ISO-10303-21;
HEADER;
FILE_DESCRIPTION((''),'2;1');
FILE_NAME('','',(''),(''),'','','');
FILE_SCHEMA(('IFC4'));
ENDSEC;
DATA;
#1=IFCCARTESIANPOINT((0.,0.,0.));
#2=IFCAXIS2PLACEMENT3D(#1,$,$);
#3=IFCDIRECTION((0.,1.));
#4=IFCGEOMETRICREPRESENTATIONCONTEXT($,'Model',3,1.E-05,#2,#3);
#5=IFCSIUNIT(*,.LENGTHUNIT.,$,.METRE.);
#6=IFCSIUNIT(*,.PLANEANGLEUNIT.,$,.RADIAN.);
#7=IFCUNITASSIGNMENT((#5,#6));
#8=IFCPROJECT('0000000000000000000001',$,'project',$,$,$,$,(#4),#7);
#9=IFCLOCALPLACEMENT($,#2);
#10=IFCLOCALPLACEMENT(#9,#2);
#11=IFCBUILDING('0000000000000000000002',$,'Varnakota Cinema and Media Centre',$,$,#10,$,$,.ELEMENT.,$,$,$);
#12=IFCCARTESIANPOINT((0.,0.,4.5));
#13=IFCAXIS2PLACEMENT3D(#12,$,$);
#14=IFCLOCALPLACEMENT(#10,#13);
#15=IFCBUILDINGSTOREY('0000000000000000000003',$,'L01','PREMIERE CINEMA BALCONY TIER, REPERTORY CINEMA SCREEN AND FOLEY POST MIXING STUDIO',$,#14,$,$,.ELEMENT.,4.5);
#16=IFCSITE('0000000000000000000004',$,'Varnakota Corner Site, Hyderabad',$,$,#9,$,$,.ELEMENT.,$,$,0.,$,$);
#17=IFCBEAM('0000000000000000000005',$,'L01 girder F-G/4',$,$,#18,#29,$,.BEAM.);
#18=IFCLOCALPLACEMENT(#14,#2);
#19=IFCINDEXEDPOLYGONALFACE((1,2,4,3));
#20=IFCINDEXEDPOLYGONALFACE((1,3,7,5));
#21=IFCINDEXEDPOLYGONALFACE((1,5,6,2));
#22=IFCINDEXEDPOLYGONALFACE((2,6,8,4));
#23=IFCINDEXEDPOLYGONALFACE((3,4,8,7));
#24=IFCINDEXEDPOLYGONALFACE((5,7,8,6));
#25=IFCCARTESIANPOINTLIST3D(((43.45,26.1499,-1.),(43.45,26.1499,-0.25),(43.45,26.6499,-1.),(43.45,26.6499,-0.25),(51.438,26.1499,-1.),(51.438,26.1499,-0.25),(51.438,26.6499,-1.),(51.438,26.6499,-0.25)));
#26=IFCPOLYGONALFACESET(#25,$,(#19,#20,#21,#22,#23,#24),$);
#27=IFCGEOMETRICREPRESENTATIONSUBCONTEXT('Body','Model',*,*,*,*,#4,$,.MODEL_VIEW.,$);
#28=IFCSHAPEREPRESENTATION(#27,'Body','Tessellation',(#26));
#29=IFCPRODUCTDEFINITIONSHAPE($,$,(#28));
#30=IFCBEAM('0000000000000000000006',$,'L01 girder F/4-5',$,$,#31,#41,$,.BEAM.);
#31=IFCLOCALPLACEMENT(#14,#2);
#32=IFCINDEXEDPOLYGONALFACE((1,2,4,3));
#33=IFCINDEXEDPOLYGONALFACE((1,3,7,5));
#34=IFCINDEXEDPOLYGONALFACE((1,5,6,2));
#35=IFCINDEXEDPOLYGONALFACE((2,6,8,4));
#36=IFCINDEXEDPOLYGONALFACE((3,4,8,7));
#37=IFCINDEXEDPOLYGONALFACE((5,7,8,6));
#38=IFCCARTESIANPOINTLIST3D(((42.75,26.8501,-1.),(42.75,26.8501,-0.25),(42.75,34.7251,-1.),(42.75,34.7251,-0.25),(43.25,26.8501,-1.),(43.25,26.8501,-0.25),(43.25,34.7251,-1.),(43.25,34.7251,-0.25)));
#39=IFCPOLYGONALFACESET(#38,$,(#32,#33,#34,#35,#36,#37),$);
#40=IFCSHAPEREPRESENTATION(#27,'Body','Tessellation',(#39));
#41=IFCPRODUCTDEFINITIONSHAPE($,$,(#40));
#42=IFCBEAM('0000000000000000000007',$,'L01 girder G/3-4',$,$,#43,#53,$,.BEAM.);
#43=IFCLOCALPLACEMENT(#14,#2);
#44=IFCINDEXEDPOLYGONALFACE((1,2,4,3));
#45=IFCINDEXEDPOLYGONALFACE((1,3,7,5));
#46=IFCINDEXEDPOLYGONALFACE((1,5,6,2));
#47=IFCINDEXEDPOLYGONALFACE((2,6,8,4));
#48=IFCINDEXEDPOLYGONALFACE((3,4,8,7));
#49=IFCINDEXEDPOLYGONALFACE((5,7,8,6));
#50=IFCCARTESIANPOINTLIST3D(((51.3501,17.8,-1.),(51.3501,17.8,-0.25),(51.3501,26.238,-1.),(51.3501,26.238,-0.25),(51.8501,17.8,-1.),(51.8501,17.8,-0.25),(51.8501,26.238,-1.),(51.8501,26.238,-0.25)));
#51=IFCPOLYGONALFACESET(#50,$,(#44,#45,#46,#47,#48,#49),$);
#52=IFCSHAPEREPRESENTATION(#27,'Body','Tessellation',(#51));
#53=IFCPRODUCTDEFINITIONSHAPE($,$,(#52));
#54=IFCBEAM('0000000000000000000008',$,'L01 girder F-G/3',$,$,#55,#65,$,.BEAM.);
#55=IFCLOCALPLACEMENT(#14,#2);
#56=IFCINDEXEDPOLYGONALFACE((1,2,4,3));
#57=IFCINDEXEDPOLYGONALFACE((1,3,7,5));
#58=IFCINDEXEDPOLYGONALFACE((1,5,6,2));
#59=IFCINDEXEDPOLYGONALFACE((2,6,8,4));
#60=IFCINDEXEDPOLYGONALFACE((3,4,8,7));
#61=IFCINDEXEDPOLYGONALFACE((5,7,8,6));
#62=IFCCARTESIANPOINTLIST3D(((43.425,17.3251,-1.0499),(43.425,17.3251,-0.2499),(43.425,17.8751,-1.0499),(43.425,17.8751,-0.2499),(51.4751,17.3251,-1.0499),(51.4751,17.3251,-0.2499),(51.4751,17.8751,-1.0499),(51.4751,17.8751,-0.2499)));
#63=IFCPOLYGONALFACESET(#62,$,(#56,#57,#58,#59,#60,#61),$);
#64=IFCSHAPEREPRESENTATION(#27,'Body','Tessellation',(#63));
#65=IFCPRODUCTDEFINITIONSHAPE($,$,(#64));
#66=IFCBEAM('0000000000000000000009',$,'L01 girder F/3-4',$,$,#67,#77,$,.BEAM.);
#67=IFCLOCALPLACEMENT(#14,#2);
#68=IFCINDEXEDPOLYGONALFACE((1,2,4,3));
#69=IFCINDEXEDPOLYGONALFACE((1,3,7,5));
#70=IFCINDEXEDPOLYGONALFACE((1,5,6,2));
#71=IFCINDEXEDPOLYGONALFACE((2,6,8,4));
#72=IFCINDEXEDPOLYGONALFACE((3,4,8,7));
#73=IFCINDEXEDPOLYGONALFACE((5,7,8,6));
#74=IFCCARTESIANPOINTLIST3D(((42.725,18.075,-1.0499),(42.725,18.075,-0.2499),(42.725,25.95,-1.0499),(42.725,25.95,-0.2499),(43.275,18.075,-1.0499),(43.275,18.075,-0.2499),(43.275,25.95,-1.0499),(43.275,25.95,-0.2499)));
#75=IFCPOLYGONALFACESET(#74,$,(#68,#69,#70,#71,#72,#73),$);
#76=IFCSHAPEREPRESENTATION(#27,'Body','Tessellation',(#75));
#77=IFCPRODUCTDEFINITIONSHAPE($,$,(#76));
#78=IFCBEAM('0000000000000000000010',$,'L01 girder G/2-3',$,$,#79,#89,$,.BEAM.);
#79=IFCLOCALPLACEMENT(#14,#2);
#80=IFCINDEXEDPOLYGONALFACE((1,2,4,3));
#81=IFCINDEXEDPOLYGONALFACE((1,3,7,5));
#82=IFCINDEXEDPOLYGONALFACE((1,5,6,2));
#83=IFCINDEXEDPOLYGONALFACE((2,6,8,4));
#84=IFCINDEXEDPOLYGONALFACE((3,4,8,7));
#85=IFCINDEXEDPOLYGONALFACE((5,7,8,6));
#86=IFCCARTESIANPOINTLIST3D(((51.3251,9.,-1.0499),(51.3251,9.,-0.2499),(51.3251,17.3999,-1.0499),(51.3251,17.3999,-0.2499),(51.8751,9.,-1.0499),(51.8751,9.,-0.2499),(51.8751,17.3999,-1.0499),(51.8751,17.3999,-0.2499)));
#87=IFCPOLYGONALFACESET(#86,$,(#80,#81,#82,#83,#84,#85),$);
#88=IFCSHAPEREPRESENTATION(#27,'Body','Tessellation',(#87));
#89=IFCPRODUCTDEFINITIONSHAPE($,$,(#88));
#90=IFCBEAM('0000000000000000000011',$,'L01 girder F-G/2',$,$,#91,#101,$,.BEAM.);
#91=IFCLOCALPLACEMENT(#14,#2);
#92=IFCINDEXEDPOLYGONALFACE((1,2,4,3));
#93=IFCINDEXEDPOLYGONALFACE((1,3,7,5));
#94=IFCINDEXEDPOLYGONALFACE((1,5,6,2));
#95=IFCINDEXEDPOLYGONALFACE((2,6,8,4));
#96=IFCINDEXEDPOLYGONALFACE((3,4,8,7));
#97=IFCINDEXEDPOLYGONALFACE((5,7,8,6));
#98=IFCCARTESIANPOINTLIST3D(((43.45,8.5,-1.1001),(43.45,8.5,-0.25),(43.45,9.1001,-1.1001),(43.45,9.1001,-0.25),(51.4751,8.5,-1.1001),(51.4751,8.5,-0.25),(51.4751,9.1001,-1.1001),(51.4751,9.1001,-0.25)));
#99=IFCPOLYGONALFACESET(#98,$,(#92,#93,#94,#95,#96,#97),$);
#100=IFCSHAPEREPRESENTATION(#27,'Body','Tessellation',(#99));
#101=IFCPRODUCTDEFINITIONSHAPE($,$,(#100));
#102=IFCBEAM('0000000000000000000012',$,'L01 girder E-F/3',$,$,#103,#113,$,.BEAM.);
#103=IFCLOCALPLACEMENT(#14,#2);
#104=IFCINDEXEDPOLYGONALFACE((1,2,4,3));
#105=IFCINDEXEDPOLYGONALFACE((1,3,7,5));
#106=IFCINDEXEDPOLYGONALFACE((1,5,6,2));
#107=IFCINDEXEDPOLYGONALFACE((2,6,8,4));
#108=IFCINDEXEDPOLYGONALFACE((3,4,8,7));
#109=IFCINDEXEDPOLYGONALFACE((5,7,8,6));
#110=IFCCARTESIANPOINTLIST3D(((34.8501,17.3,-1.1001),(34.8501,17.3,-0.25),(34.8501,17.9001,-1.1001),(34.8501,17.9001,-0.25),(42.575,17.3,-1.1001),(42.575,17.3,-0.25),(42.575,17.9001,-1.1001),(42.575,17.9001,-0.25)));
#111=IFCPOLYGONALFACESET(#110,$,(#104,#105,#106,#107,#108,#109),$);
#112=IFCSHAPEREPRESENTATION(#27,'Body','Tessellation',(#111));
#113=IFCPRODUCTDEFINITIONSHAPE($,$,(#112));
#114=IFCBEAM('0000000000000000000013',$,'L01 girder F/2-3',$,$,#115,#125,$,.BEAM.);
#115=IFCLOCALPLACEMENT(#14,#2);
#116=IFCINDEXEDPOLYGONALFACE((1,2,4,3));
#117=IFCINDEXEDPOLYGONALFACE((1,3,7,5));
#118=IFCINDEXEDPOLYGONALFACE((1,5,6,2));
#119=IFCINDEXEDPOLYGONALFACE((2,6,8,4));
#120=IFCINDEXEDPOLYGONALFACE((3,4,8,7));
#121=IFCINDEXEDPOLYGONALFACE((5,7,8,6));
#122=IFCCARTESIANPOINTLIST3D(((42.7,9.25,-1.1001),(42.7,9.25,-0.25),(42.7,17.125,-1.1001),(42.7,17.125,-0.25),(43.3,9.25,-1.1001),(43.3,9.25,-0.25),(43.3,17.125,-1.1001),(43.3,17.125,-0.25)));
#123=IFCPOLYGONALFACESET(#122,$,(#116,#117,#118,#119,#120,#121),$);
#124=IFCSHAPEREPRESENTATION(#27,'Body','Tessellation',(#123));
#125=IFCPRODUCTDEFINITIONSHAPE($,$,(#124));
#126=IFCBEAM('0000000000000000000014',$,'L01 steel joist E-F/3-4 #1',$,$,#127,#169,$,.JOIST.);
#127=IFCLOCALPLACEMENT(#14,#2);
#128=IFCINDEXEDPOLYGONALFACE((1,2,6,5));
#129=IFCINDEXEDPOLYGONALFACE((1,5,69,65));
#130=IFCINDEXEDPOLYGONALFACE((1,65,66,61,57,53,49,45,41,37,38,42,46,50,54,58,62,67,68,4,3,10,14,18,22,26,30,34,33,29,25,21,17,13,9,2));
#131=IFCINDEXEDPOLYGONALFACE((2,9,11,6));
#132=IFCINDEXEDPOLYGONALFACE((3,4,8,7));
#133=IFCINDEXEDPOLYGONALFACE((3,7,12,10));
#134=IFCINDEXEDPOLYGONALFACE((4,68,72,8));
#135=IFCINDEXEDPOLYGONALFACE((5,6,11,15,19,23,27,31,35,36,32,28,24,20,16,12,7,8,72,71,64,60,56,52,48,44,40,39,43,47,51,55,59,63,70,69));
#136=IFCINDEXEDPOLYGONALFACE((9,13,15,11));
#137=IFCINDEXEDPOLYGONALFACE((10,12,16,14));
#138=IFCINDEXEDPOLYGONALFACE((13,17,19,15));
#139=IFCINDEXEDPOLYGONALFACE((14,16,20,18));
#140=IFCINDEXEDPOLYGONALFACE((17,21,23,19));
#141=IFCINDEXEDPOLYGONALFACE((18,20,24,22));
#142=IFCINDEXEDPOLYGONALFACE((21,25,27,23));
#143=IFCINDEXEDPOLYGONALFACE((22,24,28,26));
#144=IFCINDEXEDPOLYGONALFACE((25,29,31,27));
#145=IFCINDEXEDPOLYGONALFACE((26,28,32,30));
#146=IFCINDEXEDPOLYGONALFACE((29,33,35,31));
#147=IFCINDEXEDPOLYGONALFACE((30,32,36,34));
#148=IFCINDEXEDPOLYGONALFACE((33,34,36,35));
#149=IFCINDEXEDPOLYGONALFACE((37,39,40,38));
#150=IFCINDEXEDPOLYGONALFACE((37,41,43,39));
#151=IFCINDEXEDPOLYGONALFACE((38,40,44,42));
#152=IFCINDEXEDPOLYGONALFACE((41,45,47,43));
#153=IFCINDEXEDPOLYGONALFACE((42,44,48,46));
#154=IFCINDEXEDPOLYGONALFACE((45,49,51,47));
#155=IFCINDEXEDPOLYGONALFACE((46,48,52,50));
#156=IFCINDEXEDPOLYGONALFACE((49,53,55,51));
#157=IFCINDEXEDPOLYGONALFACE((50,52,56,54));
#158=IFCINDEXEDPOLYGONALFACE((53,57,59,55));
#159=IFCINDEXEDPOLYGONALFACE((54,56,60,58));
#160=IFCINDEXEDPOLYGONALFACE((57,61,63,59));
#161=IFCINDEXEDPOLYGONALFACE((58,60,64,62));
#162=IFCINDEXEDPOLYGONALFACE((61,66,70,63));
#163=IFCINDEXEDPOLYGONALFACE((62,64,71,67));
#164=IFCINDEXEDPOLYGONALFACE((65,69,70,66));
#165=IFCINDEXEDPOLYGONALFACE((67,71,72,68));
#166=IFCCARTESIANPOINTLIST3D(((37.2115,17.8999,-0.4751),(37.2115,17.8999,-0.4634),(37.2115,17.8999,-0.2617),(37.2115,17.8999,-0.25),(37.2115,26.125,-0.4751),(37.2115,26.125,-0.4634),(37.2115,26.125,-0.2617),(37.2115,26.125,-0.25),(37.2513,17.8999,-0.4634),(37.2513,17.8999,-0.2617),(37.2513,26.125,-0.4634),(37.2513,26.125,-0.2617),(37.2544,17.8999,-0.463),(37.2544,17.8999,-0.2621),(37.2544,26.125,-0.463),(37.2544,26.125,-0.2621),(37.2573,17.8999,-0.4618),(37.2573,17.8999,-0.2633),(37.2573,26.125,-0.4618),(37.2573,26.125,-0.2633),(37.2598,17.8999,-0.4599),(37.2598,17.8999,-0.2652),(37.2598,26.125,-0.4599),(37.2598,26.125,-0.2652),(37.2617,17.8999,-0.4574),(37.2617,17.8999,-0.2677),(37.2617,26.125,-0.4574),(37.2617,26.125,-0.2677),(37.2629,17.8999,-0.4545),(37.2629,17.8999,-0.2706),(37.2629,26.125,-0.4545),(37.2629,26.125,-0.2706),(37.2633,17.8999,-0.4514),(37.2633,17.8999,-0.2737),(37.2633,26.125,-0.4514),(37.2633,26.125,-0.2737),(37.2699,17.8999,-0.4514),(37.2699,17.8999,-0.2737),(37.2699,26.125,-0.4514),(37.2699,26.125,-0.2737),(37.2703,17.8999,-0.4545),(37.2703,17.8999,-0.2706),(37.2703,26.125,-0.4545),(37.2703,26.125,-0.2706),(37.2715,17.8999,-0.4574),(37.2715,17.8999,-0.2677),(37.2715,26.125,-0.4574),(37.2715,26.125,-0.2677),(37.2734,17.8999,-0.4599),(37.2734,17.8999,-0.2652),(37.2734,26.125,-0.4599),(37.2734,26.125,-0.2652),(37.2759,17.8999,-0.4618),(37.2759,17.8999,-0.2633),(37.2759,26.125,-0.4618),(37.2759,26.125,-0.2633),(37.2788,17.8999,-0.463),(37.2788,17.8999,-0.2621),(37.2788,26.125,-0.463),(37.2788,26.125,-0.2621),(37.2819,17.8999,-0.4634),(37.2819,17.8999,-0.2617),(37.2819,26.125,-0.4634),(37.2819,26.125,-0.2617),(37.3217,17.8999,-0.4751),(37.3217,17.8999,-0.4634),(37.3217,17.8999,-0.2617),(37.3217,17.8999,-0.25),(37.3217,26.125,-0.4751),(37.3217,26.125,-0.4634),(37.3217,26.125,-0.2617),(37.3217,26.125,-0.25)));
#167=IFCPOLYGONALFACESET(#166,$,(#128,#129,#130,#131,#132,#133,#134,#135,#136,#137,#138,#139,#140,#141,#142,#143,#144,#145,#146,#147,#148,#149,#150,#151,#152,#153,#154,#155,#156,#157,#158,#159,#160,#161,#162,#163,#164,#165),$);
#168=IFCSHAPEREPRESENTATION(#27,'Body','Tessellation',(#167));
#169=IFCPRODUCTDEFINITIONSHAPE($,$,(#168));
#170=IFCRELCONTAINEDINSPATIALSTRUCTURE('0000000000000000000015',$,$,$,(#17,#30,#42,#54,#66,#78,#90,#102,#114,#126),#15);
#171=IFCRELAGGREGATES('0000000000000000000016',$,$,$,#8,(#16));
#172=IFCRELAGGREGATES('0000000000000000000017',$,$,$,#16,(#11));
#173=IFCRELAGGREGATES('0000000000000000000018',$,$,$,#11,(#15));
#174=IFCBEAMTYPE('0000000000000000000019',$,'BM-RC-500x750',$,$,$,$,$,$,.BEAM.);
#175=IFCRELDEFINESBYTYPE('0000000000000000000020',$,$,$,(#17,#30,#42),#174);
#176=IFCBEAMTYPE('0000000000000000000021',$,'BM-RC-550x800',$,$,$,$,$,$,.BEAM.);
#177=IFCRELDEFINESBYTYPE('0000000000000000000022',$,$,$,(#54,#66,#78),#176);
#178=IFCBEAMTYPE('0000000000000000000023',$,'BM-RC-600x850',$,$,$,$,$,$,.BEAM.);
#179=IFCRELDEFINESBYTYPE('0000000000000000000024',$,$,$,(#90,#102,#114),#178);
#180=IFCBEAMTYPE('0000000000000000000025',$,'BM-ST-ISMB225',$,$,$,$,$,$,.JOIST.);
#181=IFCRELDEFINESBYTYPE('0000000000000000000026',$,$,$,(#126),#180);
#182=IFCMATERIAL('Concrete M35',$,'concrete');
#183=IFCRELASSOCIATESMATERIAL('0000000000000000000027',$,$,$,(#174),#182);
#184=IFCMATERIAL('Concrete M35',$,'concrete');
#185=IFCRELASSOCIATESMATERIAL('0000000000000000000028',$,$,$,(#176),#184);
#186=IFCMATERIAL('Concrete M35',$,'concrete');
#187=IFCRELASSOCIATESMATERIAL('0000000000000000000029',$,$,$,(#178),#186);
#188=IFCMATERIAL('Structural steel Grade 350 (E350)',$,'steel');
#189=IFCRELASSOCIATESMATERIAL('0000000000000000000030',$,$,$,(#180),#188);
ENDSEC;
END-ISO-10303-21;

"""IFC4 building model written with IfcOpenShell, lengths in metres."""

from ifc_helpers import new_model, si_unit, direction, frame, origin, origin_2d, place, context, subcontext, project, spatial, rectangle, i_section, extrude, material, material_profile, profile_set, type_object, element, save


model = new_model("IFC4")

# Units and contexts
model_context = context("Model", 3, precision=1e-05, world=origin(), true_north=direction((0.0, 1.0)))
body_context = subcontext(model_context, "Body", "Model", "MODEL_VIEW")
ifc_project = project(units=[si_unit("LENGTHUNIT", "METRE"), si_unit("PLANEANGLEUNIT", "RADIAN")], contexts=[model_context])

# Site, building, storey
site_placement = place(None, origin())
site = spatial("IfcSite", under=ifc_project, at=site_placement, Name="Varnakota Corner Site, Hyderabad", CompositionType="ELEMENT", RefElevation=0.0)
building_placement = place(site_placement, origin())
building = spatial("IfcBuilding", under=site, at=building_placement, Name="Varnakota Cinema and Media Centre", CompositionType="ELEMENT")
storey_placement = place(building_placement, frame((0.0, 0.0, 4.5)))
storey = spatial("IfcBuildingStorey", under=building, at=storey_placement, Name="L01", Description="PREMIERE CINEMA BALCONY TIER, REPERTORY CINEMA SCREEN AND FOLEY POST MIXING STUDIO", CompositionType="ELEMENT", Elevation=4.5)

# Beams
ifc_material_1 = material(Name="Concrete M35", Category="concrete")
ifc_material_profile_1 = material_profile(ifc_material_1, rectangle(XDim=0.5, YDim=0.75, at=origin_2d()), Name="RCB 500x750")
ifc_profile_set_1 = profile_set([ifc_material_profile_1], Name="Concrete M35")
beam_type_1 = type_object("IfcBeamType", Name="BM-RC-500x750", PredefinedType="BEAM", material=ifc_profile_set_1)
beam_1_placement = place(storey_placement, frame((43.45, 26.3999, -0.625), z_axis=(1.0, 0.0, 0.0), x_axis=(0.0, 1.0, 0.0)))
element("IfcBeam", 1, at=beam_1_placement, inside=storey, type_object=beam_type_1, Name="L01 girder F-G/4", PredefinedType="BEAM", context=body_context, shape_type="SweptSolid", body=[
    extrude(rectangle(XDim=0.5, YDim=0.75, at=origin_2d()), origin(), (0.0, 0.0, 1.0), 7.988),
])
beam_2_placement = place(storey_placement, frame((43.0, 26.8501, -0.625), z_axis=(0.0, 1.0, 0.0), x_axis=(-1.0, 0.0, 0.0)))
element("IfcBeam", 2, at=beam_2_placement, inside=storey, type_object=beam_type_1, Name="L01 girder F/4-5", PredefinedType="BEAM", context=body_context, shape_type="SweptSolid", body=[
    extrude(rectangle(XDim=0.5, YDim=0.75, at=origin_2d()), origin(), (0.0, 0.0, 1.0), 7.875),
])
beam_3_placement = place(storey_placement, frame((51.6001, 17.8, -0.625), z_axis=(0.0, 1.0, 0.0), x_axis=(-1.0, 0.0, 0.0)))
element("IfcBeam", 3, at=beam_3_placement, inside=storey, type_object=beam_type_1, Name="L01 girder G/3-4", PredefinedType="BEAM", context=body_context, shape_type="SweptSolid", body=[
    extrude(rectangle(XDim=0.5, YDim=0.75, at=origin_2d()), origin(), (0.0, 0.0, 1.0), 8.438),
])
ifc_material_2 = material(Name="Concrete M35", Category="concrete")
ifc_material_profile_2 = material_profile(ifc_material_2, rectangle(XDim=0.55, YDim=0.8, at=origin_2d()), Name="RCB 550x800")
ifc_profile_set_2 = profile_set([ifc_material_profile_2], Name="Concrete M35")
beam_type_2 = type_object("IfcBeamType", Name="BM-RC-550x800", PredefinedType="BEAM", material=ifc_profile_set_2)
beam_4_placement = place(storey_placement, frame((43.425, 17.6001, -0.6499), z_axis=(1.0, 0.0, 0.0), x_axis=(0.0, 1.0, 0.0)))
element("IfcBeam", 4, at=beam_4_placement, inside=storey, type_object=beam_type_2, Name="L01 girder F-G/3", PredefinedType="BEAM", context=body_context, shape_type="SweptSolid", body=[
    extrude(rectangle(XDim=0.55, YDim=0.8, at=origin_2d()), origin(), (0.0, 0.0, 1.0), 8.05),
])
beam_5_placement = place(storey_placement, frame((43.0, 18.075, -0.6499), z_axis=(0.0, 1.0, 0.0), x_axis=(-1.0, 0.0, 0.0)))
element("IfcBeam", 5, at=beam_5_placement, inside=storey, type_object=beam_type_2, Name="L01 girder F/3-4", PredefinedType="BEAM", context=body_context, shape_type="SweptSolid", body=[
    extrude(rectangle(XDim=0.55, YDim=0.8, at=origin_2d()), origin(), (0.0, 0.0, 1.0), 7.875),
])
beam_6_placement = place(storey_placement, frame((51.6001, 9.0, -0.6499), z_axis=(0.0, 1.0, 0.0), x_axis=(-1.0, 0.0, 0.0)))
element("IfcBeam", 6, at=beam_6_placement, inside=storey, type_object=beam_type_2, Name="L01 girder G/2-3", PredefinedType="BEAM", context=body_context, shape_type="SweptSolid", body=[
    extrude(rectangle(XDim=0.55, YDim=0.8, at=origin_2d()), origin(), (0.0, 0.0, 1.0), 8.3999),
])
ifc_material_3 = material(Name="Concrete M35", Category="concrete")
ifc_material_profile_3 = material_profile(ifc_material_3, rectangle(XDim=0.6001, YDim=0.8501, at=origin_2d()), Name="RCB 600x850")
ifc_profile_set_3 = profile_set([ifc_material_profile_3], Name="Concrete M35")
beam_type_3 = type_object("IfcBeamType", Name="BM-RC-600x850", PredefinedType="BEAM", material=ifc_profile_set_3)
beam_7_placement = place(storey_placement, frame((43.45, 8.8, -0.675), z_axis=(1.0, 0.0, 0.0), x_axis=(0.0, 1.0, 0.0)))
element("IfcBeam", 7, at=beam_7_placement, inside=storey, type_object=beam_type_3, Name="L01 girder F-G/2", PredefinedType="BEAM", context=body_context, shape_type="SweptSolid", body=[
    extrude(rectangle(XDim=0.6001, YDim=0.8501, at=origin_2d()), origin(), (0.0, 0.0, 1.0), 8.0251),
])
beam_8_placement = place(storey_placement, frame((34.8501, 17.6001, -0.675), z_axis=(1.0, 0.0, 0.0), x_axis=(0.0, 1.0, 0.0)))
element("IfcBeam", 8, at=beam_8_placement, inside=storey, type_object=beam_type_3, Name="L01 girder E-F/3", PredefinedType="BEAM", context=body_context, shape_type="SweptSolid", body=[
    extrude(rectangle(XDim=0.6001, YDim=0.8501, at=origin_2d()), origin(), (0.0, 0.0, 1.0), 7.7249),
])
beam_9_placement = place(storey_placement, frame((43.0, 9.25, -0.675), z_axis=(0.0, 1.0, 0.0), x_axis=(-1.0, 0.0, 0.0)))
element("IfcBeam", 9, at=beam_9_placement, inside=storey, type_object=beam_type_3, Name="L01 girder F/2-3", PredefinedType="BEAM", context=body_context, shape_type="SweptSolid", body=[
    extrude(rectangle(XDim=0.6001, YDim=0.8501, at=origin_2d()), origin(), (0.0, 0.0, 1.0), 7.875),
])
ifc_material_4 = material(Name="Structural steel Grade 350 (E350)", Category="steel")
ifc_material_profile_4 = material_profile(ifc_material_4, i_section(OverallWidth=0.1101, OverallDepth=0.2251, WebThickness=0.0066, FlangeThickness=0.0117, FilletRadius=0.012, at=origin_2d()), Name="ISMB 225")
ifc_profile_set_4 = profile_set([ifc_material_profile_4], Name="Structural steel Grade 350 (E350)")
beam_type_4 = type_object("IfcBeamType", Name="BM-ST-ISMB225", PredefinedType="JOIST", material=ifc_profile_set_4)
for number, where, z_axis, x_axis, name in (
    (10, (37.2666, 17.8999, -0.3625), (0.0, 1.0, 0.0), (-1.0, 0.0, 0.0), "L01 steel joist E-F/3-4 #1"),
):
    element("IfcBeam", number, at=place(storey_placement, frame(where, z_axis=z_axis, x_axis=x_axis)), inside=storey, type_object=beam_type_4, Name=name, PredefinedType="JOIST", context=body_context, shape_type="SweptSolid", body=[
        extrude(i_section(OverallWidth=0.1101, OverallDepth=0.2251, WebThickness=0.0066, FlangeThickness=0.0117, FilletRadius=0.012, at=origin_2d()), origin(), (0.0, 0.0, 1.0), 8.2251),
    ])

save(model, "model.ifc")
